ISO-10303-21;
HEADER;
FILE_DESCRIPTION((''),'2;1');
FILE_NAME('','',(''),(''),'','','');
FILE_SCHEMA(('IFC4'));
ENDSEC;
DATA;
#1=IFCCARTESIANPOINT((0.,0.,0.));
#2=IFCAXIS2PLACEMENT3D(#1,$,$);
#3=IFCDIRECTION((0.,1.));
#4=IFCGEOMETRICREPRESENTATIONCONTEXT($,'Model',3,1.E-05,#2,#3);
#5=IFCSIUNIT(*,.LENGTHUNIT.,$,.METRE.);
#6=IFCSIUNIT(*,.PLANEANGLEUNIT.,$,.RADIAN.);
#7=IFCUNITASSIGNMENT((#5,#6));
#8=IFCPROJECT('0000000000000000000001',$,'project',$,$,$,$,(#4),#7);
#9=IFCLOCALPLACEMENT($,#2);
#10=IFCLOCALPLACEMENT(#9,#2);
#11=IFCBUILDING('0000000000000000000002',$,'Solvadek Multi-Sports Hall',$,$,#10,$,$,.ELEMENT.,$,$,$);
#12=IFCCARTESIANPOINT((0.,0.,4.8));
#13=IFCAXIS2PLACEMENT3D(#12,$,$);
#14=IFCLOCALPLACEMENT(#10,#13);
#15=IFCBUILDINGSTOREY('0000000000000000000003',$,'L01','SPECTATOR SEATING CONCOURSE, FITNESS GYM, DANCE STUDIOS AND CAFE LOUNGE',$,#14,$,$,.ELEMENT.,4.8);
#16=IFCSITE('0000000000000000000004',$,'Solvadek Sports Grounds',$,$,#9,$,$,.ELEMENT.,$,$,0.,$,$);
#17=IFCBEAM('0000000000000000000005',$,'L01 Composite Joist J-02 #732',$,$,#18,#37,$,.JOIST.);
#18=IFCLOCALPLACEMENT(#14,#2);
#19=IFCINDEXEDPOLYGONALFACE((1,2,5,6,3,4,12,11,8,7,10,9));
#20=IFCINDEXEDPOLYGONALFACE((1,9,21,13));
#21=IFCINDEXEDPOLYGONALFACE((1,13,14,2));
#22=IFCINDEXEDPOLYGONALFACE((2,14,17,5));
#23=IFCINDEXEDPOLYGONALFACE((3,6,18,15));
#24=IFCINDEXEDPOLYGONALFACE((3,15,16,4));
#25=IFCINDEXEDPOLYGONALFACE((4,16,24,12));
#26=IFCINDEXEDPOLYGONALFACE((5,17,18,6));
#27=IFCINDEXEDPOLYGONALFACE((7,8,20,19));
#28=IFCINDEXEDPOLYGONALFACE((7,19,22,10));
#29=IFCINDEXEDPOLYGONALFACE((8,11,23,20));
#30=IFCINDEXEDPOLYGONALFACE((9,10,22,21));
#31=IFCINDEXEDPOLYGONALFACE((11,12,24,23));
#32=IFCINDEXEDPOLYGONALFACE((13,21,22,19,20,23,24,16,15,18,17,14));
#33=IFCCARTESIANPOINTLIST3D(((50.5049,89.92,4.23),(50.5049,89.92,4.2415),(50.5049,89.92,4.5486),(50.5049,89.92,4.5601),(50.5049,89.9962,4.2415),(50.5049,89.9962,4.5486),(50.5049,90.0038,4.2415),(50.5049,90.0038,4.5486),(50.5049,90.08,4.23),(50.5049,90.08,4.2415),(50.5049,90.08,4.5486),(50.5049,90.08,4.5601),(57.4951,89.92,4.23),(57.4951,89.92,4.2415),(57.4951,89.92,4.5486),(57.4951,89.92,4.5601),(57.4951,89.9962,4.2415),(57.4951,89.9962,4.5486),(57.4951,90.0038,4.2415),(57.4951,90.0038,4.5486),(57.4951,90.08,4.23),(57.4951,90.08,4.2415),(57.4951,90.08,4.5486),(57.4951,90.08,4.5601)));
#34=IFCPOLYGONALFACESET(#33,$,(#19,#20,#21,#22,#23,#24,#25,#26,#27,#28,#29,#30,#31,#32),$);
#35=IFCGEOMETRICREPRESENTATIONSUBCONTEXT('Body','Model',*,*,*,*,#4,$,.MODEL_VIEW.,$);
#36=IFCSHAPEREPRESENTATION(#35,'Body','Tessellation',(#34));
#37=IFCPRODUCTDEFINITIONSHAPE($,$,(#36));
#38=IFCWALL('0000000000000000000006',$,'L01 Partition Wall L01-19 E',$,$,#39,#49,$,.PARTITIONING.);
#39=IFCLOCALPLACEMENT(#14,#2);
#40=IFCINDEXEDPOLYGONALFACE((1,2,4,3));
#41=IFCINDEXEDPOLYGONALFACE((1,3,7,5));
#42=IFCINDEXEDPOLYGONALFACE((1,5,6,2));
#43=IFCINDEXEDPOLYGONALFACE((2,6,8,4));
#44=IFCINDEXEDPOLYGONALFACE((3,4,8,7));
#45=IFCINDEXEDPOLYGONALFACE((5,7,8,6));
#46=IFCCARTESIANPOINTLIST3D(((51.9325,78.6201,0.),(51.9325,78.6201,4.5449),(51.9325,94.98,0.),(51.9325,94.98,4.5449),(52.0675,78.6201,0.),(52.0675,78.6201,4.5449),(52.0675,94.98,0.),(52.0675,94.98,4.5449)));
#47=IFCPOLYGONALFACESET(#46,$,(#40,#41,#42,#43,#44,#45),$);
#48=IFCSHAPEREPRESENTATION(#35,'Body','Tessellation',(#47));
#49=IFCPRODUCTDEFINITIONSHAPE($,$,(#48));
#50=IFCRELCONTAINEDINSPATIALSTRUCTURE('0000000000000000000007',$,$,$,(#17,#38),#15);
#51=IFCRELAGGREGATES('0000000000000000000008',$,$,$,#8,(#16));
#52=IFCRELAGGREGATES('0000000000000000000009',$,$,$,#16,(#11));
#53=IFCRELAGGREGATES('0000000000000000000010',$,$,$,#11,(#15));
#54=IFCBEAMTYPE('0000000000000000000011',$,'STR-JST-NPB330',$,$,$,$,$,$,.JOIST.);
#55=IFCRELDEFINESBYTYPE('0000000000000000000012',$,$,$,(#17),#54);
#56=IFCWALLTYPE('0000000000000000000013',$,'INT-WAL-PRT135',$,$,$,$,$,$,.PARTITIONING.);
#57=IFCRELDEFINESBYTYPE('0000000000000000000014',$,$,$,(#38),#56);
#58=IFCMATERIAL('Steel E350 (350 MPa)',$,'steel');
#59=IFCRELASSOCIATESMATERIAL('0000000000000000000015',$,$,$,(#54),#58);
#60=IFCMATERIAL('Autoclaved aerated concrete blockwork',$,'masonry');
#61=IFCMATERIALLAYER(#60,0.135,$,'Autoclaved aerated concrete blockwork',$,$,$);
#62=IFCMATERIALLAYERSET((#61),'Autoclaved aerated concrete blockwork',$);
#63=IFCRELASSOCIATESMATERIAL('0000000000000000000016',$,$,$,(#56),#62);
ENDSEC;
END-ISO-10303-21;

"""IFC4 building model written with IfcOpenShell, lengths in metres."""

from ifc_helpers import new_model, si_unit, direction, frame, frame_2d, origin, origin_2d, place, context, subcontext, project, spatial, rectangle, i_section, extrude, material, layer, layer_set, material_profile, profile_set, type_object, element, save


model = new_model("IFC4")

# Units and contexts
model_context = context("Model", 3, precision=1e-05, world=origin(), true_north=direction((0.0, 1.0)))
body_context = subcontext(model_context, "Body", "Model", "MODEL_VIEW")
ifc_project = project(units=[si_unit("LENGTHUNIT", "METRE"), si_unit("PLANEANGLEUNIT", "RADIAN")], contexts=[model_context])

# Site, building, storey
site_placement = place(None, origin())
site = spatial("IfcSite", under=ifc_project, at=site_placement, Name="Solvadek Sports Grounds", CompositionType="ELEMENT", RefElevation=0.0)
building_placement = place(site_placement, origin())
building = spatial("IfcBuilding", under=site, at=building_placement, Name="Solvadek Multi-Sports Hall", CompositionType="ELEMENT")
storey_placement = place(building_placement, frame((0.0, 0.0, 4.8)))
storey = spatial("IfcBuildingStorey", under=building, at=storey_placement, Name="L01", Description="SPECTATOR SEATING CONCOURSE, FITNESS GYM, DANCE STUDIOS AND CAFE LOUNGE", CompositionType="ELEMENT", Elevation=4.8)

# Shared definitions
ifc_material_1 = material(Name="Steel E350 (350 MPa)", Category="steel")

# Beam
ifc_material_profile_1 = material_profile(ifc_material_1, i_section(OverallWidth=0.1599, OverallDepth=0.3301, WebThickness=0.0076, FlangeThickness=0.0115, at=origin_2d()), Name="NPB 330")
ifc_profile_set_1 = profile_set([ifc_material_profile_1], Name="Steel E350 (350 MPa)")
beam_type_1 = type_object("IfcBeamType", Name="STR-JST-NPB330", PredefinedType="JOIST", material=ifc_profile_set_1)
for number, where, z_axis, x_axis, name in (
    (1, (50.5049, 90.0, 4.395), (1.0, 0.0, 0.0), (0.0, 1.0, 0.0), "L01 Composite Joist J-02 #732"),
):
    element("IfcBeam", number, at=place(storey_placement, frame(where, z_axis=z_axis, x_axis=x_axis)), inside=storey, type_object=beam_type_1, Name=name, PredefinedType="JOIST", context=body_context, shape_type="SweptSolid", body=[
        extrude(i_section(OverallWidth=0.1599, OverallDepth=0.3301, WebThickness=0.0076, FlangeThickness=0.0115, at=origin_2d()), origin(), (0.0, 0.0, 1.0), 6.9902),
    ])

# Wall
ifc_material_2 = material(Name="Autoclaved aerated concrete blockwork", Category="masonry")
ifc_layer = layer(ifc_material_2, 0.135, Name="Autoclaved aerated concrete blockwork")
ifc_layer_set = layer_set([ifc_layer], Name="Autoclaved aerated concrete blockwork")
wall_type = type_object("IfcWallType", Name="INT-WAL-PRT135", PredefinedType="PARTITIONING", material=ifc_layer_set)
wall_placement = place(storey_placement, frame((52.0, 78.6201, 0.0), z_axis=(0.0, 0.0, 1.0), x_axis=(0.0, 1.0, 0.0)))
element("IfcWall", 2, at=wall_placement, inside=storey, type_object=wall_type, Name="L01 Partition Wall L01-19 E", PredefinedType="PARTITIONING", context=body_context, shape_type="SweptSolid", body=[
    extrude(rectangle(XDim=16.3599, YDim=0.135, at=frame_2d((8.1799, 0.0))), origin(), (0.0, 0.0, 1.0), 4.5449),
])

save(model, "model.ifc")
